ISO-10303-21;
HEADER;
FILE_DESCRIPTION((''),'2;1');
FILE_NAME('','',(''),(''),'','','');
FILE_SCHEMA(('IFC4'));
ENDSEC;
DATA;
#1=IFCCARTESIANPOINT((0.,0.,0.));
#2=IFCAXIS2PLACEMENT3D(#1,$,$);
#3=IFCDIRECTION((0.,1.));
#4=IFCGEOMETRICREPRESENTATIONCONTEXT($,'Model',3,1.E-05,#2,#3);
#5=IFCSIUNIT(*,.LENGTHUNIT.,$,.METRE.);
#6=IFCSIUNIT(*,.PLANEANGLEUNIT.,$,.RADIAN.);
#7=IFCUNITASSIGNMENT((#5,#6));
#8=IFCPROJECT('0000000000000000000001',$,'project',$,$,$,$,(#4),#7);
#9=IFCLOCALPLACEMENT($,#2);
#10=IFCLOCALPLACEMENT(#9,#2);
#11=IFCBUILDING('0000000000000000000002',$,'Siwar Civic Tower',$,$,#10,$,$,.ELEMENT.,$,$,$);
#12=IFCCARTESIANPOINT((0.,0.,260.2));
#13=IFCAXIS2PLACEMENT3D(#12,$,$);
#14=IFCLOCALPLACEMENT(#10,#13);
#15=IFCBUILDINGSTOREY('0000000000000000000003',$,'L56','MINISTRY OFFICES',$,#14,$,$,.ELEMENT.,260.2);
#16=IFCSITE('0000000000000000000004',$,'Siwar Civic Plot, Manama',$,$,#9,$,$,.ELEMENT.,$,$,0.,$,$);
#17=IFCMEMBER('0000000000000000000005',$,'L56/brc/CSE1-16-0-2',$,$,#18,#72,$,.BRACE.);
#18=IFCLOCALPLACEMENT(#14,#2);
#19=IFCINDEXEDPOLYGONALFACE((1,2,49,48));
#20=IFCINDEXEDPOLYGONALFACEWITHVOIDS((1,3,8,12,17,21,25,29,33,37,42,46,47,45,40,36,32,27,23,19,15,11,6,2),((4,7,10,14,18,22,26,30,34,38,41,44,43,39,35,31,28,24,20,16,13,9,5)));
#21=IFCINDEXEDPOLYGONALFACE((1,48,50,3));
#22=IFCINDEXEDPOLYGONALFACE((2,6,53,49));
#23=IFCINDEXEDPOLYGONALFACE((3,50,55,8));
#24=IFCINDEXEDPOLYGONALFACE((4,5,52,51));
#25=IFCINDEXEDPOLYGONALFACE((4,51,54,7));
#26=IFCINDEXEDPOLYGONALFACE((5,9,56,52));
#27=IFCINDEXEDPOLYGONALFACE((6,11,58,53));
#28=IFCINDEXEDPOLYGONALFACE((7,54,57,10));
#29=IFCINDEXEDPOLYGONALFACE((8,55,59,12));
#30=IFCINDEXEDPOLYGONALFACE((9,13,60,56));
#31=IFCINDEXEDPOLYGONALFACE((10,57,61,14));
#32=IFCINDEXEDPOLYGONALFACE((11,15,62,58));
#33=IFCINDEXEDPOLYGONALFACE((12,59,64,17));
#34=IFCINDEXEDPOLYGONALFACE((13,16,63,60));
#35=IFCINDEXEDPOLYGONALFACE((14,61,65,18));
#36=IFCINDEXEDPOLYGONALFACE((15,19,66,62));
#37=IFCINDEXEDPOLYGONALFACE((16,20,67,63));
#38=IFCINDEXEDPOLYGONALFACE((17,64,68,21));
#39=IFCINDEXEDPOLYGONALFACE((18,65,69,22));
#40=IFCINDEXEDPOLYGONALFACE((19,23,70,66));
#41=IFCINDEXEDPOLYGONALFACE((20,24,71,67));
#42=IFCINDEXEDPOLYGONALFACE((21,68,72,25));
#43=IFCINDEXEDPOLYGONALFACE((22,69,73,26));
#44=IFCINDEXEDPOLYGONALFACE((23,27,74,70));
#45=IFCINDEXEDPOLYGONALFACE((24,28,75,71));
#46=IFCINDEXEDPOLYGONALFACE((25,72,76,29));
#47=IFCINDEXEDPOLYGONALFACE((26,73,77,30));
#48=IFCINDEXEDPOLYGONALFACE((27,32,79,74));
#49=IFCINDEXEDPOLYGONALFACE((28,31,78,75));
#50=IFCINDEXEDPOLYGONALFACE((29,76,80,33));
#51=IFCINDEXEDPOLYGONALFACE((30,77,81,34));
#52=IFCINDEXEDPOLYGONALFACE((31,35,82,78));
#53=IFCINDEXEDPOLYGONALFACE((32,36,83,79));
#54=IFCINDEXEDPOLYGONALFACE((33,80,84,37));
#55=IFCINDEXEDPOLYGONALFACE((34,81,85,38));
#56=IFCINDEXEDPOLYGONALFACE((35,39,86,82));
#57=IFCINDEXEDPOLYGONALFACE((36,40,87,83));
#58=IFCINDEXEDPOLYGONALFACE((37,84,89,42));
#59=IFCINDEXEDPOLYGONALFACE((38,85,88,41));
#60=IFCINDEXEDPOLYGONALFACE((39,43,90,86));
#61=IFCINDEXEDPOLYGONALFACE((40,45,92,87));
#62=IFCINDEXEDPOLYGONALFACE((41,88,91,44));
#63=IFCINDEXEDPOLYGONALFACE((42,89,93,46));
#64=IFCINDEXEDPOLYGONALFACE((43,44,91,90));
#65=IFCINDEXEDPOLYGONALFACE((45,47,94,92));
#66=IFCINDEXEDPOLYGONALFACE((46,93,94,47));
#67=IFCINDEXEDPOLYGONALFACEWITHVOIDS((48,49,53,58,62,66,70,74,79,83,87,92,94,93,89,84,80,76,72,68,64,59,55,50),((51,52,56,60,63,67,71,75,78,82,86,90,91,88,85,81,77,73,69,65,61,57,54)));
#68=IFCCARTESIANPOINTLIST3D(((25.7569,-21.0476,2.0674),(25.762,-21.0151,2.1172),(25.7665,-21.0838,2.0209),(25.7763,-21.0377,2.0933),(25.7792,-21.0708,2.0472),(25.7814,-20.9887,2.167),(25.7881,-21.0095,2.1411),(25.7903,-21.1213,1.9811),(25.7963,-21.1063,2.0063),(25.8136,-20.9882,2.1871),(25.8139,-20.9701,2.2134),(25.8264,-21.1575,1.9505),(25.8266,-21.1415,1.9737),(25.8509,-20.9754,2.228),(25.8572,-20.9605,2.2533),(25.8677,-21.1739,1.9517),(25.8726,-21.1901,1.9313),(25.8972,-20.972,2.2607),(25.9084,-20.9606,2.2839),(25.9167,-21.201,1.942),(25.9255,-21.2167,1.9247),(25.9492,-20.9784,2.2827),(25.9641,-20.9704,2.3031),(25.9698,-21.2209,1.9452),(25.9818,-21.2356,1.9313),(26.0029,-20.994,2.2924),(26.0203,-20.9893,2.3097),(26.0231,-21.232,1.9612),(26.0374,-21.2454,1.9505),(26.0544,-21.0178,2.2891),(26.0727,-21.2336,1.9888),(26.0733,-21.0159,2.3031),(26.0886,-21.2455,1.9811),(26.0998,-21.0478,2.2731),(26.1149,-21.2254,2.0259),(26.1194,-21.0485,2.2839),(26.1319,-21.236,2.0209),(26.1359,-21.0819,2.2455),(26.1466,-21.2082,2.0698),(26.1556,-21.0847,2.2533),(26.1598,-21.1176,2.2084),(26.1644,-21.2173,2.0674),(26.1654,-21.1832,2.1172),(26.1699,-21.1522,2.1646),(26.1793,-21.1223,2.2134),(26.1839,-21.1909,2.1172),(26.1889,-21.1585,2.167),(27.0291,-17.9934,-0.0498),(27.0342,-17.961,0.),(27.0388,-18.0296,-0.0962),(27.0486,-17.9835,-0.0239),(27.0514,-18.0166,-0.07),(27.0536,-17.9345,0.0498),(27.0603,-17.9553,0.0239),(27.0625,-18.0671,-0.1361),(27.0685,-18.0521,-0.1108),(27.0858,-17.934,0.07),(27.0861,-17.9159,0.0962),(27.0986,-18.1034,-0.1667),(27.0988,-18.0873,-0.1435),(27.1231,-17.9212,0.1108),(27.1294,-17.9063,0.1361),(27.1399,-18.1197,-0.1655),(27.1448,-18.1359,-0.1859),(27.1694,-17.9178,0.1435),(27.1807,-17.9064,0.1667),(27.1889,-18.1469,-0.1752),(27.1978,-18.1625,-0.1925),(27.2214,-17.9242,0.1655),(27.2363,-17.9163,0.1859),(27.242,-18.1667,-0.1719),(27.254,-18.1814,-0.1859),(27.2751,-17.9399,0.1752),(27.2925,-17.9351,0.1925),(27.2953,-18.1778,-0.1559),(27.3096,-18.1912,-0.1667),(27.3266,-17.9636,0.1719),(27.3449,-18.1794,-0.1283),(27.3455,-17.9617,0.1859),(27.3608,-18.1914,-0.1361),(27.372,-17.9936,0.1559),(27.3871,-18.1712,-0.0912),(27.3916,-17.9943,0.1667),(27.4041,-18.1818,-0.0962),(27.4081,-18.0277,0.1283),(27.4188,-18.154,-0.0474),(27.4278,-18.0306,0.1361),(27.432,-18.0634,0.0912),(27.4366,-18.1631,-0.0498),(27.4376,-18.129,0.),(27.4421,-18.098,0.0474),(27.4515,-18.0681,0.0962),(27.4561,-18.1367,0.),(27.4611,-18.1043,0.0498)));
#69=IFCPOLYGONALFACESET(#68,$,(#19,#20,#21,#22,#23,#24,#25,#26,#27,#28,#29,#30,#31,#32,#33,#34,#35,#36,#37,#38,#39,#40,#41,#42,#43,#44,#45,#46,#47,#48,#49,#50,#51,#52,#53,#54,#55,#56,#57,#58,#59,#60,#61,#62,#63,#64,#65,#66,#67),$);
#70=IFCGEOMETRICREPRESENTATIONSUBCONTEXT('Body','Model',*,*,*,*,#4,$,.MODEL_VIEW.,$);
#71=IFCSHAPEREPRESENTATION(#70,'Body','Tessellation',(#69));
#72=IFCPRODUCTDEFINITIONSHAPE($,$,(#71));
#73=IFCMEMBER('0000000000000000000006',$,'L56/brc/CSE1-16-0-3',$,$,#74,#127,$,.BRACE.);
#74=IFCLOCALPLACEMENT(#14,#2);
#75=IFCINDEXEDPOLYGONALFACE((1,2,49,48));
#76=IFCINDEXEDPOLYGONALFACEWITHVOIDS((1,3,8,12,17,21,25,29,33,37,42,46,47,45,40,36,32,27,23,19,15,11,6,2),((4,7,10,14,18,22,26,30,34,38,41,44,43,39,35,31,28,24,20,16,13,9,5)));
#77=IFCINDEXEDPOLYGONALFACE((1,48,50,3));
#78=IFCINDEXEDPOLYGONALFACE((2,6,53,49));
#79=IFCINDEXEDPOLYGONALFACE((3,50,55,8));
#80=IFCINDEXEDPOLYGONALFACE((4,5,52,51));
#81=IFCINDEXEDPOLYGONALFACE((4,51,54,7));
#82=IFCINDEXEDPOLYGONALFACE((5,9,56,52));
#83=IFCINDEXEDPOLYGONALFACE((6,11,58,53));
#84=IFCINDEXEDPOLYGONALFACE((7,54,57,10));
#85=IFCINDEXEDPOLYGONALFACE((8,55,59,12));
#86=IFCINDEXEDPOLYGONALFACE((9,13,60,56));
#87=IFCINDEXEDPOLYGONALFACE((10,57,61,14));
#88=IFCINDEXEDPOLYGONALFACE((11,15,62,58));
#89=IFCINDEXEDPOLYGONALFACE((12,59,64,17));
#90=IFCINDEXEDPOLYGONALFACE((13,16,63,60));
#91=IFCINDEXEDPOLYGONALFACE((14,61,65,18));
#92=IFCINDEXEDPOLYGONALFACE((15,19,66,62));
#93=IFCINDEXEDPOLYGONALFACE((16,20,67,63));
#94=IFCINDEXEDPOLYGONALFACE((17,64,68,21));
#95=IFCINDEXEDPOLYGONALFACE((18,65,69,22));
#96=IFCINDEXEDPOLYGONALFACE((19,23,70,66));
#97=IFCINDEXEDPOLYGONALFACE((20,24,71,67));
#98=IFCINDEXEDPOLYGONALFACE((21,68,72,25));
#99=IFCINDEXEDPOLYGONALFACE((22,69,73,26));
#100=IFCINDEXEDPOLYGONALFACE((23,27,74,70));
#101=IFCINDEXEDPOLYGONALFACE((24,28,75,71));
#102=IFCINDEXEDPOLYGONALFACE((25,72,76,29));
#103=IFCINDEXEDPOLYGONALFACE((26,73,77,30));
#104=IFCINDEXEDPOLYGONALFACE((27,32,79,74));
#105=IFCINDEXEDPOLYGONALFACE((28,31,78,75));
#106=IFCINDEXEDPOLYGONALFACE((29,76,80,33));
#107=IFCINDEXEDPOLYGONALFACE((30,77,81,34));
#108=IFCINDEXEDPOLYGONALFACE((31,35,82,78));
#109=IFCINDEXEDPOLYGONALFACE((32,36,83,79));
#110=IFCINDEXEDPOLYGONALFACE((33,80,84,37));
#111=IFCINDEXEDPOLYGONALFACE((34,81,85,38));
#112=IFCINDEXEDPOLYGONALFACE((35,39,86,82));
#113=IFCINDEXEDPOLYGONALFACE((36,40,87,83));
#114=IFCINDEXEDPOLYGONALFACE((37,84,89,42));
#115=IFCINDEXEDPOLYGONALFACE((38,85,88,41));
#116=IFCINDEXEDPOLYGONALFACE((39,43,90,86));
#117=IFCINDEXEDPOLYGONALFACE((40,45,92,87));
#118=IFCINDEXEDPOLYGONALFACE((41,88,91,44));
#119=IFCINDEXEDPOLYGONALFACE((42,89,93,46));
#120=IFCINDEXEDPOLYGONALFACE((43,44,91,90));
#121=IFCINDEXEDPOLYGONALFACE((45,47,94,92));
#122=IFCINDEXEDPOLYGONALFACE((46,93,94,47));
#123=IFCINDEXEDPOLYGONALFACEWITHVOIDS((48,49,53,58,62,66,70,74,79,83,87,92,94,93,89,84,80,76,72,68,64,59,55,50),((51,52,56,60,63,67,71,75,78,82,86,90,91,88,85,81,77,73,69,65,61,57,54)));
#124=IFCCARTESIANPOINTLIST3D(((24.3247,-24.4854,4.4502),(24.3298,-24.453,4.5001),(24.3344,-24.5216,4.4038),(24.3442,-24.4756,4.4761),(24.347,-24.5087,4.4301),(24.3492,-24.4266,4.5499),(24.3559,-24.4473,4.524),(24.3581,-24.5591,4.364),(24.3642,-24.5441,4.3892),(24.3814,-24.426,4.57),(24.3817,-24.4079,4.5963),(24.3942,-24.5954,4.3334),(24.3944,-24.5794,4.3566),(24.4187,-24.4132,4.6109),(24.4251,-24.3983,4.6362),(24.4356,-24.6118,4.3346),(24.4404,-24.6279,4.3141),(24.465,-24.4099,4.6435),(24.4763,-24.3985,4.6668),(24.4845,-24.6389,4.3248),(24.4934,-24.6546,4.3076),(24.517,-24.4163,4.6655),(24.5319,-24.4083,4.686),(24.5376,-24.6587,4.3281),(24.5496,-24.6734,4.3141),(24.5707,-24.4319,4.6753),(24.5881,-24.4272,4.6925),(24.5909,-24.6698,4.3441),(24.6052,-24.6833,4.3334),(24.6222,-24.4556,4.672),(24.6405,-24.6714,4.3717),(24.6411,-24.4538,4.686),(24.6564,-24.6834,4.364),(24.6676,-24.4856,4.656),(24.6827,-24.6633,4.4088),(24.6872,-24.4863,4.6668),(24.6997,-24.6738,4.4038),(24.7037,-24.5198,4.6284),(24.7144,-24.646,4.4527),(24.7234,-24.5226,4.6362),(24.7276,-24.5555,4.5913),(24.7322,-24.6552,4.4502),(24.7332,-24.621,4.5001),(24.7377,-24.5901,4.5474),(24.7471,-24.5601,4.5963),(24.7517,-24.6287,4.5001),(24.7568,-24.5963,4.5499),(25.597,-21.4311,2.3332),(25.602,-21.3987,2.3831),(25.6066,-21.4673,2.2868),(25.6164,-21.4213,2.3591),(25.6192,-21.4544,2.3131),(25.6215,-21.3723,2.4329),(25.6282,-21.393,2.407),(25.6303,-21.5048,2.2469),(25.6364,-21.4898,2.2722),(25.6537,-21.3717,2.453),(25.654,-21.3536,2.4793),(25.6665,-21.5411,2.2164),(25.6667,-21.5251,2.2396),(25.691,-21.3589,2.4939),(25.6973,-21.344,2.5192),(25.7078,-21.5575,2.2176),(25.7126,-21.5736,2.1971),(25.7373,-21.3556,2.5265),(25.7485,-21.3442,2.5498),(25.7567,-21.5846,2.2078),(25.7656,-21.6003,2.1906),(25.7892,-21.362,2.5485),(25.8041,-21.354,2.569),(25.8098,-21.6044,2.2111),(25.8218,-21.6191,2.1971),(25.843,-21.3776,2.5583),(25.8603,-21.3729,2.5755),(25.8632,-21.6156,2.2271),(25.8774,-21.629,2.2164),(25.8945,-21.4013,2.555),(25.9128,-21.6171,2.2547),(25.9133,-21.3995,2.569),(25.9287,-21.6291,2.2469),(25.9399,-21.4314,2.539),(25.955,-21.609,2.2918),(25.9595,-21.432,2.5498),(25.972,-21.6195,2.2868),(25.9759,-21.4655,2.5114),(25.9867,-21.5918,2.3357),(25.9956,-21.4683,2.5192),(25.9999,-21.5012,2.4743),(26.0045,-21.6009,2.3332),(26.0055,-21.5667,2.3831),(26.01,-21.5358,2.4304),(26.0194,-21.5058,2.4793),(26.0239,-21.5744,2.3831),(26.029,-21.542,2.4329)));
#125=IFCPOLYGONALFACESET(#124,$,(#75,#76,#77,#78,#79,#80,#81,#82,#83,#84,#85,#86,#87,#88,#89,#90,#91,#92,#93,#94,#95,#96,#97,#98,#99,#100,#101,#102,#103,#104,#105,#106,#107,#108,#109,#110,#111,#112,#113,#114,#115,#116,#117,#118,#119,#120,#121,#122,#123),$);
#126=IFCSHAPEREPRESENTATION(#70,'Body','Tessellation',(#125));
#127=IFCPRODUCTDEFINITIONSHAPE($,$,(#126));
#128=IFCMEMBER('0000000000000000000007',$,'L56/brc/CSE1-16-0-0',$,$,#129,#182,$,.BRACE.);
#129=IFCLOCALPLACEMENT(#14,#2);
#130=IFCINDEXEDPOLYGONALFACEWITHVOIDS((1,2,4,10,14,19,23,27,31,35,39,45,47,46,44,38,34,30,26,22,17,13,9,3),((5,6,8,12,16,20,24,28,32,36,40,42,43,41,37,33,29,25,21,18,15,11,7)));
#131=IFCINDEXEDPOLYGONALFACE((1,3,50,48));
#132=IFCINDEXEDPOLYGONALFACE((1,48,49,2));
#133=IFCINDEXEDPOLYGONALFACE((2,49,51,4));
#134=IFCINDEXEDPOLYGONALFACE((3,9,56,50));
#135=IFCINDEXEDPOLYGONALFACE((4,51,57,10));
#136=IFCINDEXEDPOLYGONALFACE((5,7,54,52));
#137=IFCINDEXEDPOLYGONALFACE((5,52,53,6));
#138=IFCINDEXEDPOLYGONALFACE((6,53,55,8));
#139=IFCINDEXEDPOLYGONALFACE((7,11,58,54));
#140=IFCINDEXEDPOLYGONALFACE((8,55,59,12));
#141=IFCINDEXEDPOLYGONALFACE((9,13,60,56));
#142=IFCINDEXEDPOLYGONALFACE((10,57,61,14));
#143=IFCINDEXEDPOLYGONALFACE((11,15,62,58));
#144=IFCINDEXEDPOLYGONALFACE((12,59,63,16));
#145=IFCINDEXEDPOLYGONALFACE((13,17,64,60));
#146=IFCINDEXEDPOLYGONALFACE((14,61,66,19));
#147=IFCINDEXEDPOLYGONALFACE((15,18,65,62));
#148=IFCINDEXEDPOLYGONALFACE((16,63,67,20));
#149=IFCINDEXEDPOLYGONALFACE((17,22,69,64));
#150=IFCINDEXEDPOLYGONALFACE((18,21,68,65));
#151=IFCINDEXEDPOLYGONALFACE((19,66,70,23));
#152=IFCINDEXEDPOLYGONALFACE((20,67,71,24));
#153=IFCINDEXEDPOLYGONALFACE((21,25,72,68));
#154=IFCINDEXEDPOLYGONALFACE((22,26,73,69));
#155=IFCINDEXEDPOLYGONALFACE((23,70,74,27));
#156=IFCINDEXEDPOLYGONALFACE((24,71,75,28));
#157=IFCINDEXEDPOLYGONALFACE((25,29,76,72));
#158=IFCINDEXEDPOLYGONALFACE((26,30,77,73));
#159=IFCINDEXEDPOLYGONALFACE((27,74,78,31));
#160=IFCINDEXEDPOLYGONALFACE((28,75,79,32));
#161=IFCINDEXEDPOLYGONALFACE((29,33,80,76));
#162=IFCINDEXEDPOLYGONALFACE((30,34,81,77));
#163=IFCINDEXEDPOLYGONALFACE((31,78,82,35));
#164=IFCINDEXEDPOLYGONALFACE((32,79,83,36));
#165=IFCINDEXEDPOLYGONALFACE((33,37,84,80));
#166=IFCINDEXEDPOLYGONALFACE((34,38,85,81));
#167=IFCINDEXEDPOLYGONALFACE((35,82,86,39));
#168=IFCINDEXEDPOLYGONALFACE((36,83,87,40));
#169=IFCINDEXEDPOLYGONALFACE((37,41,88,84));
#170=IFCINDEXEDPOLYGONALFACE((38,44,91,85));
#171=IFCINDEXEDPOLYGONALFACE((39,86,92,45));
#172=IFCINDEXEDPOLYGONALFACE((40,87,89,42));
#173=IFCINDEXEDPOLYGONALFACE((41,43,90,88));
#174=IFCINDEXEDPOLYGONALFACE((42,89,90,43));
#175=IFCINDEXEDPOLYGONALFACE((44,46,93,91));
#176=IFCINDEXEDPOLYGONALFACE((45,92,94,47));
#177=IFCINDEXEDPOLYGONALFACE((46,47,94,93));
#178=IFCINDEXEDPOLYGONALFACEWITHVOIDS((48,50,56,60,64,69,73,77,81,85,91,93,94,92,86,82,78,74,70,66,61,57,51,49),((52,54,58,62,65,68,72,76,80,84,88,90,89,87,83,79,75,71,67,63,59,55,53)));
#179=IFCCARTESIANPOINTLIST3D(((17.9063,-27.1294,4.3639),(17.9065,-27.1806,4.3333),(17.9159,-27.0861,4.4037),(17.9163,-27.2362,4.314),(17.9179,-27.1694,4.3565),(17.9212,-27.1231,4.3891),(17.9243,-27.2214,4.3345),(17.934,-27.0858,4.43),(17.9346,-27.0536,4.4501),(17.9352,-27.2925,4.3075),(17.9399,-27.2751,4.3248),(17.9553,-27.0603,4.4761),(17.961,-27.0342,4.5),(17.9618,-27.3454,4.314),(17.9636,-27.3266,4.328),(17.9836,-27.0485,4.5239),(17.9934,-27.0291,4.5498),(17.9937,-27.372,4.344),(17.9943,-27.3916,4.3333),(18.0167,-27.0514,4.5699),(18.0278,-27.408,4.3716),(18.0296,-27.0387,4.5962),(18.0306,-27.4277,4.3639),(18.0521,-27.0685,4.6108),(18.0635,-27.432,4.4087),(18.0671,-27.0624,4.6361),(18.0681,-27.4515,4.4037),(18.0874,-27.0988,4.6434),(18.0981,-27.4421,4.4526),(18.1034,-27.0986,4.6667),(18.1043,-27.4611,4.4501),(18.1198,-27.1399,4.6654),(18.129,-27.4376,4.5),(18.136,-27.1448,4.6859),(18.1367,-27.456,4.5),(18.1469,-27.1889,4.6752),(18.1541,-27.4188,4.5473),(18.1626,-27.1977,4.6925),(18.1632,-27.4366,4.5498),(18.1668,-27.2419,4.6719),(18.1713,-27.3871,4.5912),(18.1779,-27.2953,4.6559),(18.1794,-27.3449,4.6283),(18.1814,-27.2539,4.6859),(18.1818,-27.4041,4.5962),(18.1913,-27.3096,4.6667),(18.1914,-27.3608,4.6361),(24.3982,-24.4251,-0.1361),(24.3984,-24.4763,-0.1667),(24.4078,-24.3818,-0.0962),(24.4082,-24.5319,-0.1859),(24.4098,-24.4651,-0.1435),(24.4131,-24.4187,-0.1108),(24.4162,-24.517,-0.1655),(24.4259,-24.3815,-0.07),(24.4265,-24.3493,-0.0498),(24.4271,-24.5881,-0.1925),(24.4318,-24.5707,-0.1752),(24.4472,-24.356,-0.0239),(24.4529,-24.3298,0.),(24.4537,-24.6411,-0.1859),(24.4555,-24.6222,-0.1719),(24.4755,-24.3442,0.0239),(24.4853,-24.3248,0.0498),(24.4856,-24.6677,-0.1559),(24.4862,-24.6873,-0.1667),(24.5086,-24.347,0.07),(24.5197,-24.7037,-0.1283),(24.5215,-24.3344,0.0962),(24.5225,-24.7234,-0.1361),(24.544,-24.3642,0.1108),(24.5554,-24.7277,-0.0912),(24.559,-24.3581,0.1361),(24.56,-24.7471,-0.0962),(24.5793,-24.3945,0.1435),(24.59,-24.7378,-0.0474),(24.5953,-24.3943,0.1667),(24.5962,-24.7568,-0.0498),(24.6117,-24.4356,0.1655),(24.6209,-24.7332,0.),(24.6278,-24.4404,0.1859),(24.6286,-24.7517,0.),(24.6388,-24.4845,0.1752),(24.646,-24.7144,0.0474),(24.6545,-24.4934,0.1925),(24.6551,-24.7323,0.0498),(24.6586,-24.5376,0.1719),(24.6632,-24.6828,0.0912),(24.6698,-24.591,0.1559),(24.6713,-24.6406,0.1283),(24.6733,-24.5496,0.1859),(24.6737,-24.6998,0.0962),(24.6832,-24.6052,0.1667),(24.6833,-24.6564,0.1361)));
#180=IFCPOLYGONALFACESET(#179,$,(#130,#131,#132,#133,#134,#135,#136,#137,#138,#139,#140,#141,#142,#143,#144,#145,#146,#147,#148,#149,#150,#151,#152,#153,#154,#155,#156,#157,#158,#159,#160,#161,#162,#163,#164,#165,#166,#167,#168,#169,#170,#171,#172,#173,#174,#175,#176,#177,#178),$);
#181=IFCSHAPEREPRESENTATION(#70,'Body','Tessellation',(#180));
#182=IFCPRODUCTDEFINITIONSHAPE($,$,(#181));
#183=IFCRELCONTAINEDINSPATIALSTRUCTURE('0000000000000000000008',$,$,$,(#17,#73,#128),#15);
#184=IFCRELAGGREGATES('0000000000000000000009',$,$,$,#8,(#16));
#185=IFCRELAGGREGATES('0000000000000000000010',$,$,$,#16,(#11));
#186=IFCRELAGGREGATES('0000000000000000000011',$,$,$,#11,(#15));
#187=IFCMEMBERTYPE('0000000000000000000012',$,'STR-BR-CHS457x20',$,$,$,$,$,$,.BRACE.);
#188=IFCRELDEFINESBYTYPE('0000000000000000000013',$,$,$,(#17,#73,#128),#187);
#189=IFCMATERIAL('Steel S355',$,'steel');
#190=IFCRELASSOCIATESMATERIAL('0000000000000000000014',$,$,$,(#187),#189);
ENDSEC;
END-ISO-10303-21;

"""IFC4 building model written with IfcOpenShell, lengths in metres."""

from ifc_helpers import new_model, si_unit, direction, frame, origin, origin_2d, place, context, subcontext, project, spatial, hollow_circle, extrude, material, material_profile, profile_set, type_object, element, save


model = new_model("IFC4")

# Units and contexts
model_context = context("Model", 3, precision=1e-05, world=origin(), true_north=direction((0.0, 1.0)))
body_context = subcontext(model_context, "Body", "Model", "MODEL_VIEW")
ifc_project = project(units=[si_unit("LENGTHUNIT", "METRE"), si_unit("PLANEANGLEUNIT", "RADIAN")], contexts=[model_context])

# Site, building, storey
site_placement = place(None, origin())
site = spatial("IfcSite", under=ifc_project, at=site_placement, Name="Siwar Civic Plot, Manama", CompositionType="ELEMENT", RefElevation=0.0)
building_placement = place(site_placement, origin())
building = spatial("IfcBuilding", under=site, at=building_placement, Name="Siwar Civic Tower", CompositionType="ELEMENT")
storey_placement = place(building_placement, frame((0.0, 0.0, 260.2)))
storey = spatial("IfcBuildingStorey", under=building, at=storey_placement, Name="L56", Description="MINISTRY OFFICES", CompositionType="ELEMENT", Elevation=260.2)

# Members
ifc_material_1 = material(Name="Steel S355", Category="steel")
ifc_material_profile_1 = material_profile(ifc_material_1, hollow_circle(Radius=0.2285, WallThickness=0.02, at=origin_2d()), Name="CHS457x20")
ifc_profile_set_1 = profile_set([ifc_material_profile_1], Name="Steel S355")
member_type_1 = type_object("IfcMemberType", Name="STR-BR-CHS457x20", PredefinedType="BRACE", material=ifc_profile_set_1)
for number, where, z_axis, x_axis, name in (
    (1, (27.2451, -18.0488, 0.0), (-0.323884, -0.777546, 0.538999), (0.923116, -0.384521, 0.0), "L56/brc/CSE1-16-0-2"),
    (2, (25.813, -21.4866, 2.3831), (-0.323895, -0.777572, 0.538955), (0.923116, -0.384521, 0.0), "L56/brc/CSE1-16-0-3"),
):
    element("IfcMember", number, at=place(storey_placement, frame(where, z_axis=z_axis, x_axis=x_axis)), inside=storey, type_object=member_type_1, Name=name, PredefinedType="BRACE", context=body_context, shape_type="SweptSolid", body=[
        extrude(hollow_circle(Radius=0.2285, WallThickness=0.02, at=origin_2d()), origin(), (0.0, 0.0, 1.0), 3.928),
    ])
member_1_placement = place(storey_placement, frame((24.5408, -24.5408, 0.0), z_axis=(-0.777555, -0.323906, 0.538975), x_axis=(0.384539, -0.923109, 0.0)))
element("IfcMember", 3, at=member_1_placement, inside=storey, type_object=member_type_1, Name="L56/brc/CSE1-16-0-0", PredefinedType="BRACE", context=body_context, shape_type="SweptSolid", body=[
    extrude(hollow_circle(Radius=0.2285, WallThickness=0.02, at=origin_2d()), origin(), (0.0, 0.0, 1.0), 8.3491),
])

save(model, "model.ifc")
